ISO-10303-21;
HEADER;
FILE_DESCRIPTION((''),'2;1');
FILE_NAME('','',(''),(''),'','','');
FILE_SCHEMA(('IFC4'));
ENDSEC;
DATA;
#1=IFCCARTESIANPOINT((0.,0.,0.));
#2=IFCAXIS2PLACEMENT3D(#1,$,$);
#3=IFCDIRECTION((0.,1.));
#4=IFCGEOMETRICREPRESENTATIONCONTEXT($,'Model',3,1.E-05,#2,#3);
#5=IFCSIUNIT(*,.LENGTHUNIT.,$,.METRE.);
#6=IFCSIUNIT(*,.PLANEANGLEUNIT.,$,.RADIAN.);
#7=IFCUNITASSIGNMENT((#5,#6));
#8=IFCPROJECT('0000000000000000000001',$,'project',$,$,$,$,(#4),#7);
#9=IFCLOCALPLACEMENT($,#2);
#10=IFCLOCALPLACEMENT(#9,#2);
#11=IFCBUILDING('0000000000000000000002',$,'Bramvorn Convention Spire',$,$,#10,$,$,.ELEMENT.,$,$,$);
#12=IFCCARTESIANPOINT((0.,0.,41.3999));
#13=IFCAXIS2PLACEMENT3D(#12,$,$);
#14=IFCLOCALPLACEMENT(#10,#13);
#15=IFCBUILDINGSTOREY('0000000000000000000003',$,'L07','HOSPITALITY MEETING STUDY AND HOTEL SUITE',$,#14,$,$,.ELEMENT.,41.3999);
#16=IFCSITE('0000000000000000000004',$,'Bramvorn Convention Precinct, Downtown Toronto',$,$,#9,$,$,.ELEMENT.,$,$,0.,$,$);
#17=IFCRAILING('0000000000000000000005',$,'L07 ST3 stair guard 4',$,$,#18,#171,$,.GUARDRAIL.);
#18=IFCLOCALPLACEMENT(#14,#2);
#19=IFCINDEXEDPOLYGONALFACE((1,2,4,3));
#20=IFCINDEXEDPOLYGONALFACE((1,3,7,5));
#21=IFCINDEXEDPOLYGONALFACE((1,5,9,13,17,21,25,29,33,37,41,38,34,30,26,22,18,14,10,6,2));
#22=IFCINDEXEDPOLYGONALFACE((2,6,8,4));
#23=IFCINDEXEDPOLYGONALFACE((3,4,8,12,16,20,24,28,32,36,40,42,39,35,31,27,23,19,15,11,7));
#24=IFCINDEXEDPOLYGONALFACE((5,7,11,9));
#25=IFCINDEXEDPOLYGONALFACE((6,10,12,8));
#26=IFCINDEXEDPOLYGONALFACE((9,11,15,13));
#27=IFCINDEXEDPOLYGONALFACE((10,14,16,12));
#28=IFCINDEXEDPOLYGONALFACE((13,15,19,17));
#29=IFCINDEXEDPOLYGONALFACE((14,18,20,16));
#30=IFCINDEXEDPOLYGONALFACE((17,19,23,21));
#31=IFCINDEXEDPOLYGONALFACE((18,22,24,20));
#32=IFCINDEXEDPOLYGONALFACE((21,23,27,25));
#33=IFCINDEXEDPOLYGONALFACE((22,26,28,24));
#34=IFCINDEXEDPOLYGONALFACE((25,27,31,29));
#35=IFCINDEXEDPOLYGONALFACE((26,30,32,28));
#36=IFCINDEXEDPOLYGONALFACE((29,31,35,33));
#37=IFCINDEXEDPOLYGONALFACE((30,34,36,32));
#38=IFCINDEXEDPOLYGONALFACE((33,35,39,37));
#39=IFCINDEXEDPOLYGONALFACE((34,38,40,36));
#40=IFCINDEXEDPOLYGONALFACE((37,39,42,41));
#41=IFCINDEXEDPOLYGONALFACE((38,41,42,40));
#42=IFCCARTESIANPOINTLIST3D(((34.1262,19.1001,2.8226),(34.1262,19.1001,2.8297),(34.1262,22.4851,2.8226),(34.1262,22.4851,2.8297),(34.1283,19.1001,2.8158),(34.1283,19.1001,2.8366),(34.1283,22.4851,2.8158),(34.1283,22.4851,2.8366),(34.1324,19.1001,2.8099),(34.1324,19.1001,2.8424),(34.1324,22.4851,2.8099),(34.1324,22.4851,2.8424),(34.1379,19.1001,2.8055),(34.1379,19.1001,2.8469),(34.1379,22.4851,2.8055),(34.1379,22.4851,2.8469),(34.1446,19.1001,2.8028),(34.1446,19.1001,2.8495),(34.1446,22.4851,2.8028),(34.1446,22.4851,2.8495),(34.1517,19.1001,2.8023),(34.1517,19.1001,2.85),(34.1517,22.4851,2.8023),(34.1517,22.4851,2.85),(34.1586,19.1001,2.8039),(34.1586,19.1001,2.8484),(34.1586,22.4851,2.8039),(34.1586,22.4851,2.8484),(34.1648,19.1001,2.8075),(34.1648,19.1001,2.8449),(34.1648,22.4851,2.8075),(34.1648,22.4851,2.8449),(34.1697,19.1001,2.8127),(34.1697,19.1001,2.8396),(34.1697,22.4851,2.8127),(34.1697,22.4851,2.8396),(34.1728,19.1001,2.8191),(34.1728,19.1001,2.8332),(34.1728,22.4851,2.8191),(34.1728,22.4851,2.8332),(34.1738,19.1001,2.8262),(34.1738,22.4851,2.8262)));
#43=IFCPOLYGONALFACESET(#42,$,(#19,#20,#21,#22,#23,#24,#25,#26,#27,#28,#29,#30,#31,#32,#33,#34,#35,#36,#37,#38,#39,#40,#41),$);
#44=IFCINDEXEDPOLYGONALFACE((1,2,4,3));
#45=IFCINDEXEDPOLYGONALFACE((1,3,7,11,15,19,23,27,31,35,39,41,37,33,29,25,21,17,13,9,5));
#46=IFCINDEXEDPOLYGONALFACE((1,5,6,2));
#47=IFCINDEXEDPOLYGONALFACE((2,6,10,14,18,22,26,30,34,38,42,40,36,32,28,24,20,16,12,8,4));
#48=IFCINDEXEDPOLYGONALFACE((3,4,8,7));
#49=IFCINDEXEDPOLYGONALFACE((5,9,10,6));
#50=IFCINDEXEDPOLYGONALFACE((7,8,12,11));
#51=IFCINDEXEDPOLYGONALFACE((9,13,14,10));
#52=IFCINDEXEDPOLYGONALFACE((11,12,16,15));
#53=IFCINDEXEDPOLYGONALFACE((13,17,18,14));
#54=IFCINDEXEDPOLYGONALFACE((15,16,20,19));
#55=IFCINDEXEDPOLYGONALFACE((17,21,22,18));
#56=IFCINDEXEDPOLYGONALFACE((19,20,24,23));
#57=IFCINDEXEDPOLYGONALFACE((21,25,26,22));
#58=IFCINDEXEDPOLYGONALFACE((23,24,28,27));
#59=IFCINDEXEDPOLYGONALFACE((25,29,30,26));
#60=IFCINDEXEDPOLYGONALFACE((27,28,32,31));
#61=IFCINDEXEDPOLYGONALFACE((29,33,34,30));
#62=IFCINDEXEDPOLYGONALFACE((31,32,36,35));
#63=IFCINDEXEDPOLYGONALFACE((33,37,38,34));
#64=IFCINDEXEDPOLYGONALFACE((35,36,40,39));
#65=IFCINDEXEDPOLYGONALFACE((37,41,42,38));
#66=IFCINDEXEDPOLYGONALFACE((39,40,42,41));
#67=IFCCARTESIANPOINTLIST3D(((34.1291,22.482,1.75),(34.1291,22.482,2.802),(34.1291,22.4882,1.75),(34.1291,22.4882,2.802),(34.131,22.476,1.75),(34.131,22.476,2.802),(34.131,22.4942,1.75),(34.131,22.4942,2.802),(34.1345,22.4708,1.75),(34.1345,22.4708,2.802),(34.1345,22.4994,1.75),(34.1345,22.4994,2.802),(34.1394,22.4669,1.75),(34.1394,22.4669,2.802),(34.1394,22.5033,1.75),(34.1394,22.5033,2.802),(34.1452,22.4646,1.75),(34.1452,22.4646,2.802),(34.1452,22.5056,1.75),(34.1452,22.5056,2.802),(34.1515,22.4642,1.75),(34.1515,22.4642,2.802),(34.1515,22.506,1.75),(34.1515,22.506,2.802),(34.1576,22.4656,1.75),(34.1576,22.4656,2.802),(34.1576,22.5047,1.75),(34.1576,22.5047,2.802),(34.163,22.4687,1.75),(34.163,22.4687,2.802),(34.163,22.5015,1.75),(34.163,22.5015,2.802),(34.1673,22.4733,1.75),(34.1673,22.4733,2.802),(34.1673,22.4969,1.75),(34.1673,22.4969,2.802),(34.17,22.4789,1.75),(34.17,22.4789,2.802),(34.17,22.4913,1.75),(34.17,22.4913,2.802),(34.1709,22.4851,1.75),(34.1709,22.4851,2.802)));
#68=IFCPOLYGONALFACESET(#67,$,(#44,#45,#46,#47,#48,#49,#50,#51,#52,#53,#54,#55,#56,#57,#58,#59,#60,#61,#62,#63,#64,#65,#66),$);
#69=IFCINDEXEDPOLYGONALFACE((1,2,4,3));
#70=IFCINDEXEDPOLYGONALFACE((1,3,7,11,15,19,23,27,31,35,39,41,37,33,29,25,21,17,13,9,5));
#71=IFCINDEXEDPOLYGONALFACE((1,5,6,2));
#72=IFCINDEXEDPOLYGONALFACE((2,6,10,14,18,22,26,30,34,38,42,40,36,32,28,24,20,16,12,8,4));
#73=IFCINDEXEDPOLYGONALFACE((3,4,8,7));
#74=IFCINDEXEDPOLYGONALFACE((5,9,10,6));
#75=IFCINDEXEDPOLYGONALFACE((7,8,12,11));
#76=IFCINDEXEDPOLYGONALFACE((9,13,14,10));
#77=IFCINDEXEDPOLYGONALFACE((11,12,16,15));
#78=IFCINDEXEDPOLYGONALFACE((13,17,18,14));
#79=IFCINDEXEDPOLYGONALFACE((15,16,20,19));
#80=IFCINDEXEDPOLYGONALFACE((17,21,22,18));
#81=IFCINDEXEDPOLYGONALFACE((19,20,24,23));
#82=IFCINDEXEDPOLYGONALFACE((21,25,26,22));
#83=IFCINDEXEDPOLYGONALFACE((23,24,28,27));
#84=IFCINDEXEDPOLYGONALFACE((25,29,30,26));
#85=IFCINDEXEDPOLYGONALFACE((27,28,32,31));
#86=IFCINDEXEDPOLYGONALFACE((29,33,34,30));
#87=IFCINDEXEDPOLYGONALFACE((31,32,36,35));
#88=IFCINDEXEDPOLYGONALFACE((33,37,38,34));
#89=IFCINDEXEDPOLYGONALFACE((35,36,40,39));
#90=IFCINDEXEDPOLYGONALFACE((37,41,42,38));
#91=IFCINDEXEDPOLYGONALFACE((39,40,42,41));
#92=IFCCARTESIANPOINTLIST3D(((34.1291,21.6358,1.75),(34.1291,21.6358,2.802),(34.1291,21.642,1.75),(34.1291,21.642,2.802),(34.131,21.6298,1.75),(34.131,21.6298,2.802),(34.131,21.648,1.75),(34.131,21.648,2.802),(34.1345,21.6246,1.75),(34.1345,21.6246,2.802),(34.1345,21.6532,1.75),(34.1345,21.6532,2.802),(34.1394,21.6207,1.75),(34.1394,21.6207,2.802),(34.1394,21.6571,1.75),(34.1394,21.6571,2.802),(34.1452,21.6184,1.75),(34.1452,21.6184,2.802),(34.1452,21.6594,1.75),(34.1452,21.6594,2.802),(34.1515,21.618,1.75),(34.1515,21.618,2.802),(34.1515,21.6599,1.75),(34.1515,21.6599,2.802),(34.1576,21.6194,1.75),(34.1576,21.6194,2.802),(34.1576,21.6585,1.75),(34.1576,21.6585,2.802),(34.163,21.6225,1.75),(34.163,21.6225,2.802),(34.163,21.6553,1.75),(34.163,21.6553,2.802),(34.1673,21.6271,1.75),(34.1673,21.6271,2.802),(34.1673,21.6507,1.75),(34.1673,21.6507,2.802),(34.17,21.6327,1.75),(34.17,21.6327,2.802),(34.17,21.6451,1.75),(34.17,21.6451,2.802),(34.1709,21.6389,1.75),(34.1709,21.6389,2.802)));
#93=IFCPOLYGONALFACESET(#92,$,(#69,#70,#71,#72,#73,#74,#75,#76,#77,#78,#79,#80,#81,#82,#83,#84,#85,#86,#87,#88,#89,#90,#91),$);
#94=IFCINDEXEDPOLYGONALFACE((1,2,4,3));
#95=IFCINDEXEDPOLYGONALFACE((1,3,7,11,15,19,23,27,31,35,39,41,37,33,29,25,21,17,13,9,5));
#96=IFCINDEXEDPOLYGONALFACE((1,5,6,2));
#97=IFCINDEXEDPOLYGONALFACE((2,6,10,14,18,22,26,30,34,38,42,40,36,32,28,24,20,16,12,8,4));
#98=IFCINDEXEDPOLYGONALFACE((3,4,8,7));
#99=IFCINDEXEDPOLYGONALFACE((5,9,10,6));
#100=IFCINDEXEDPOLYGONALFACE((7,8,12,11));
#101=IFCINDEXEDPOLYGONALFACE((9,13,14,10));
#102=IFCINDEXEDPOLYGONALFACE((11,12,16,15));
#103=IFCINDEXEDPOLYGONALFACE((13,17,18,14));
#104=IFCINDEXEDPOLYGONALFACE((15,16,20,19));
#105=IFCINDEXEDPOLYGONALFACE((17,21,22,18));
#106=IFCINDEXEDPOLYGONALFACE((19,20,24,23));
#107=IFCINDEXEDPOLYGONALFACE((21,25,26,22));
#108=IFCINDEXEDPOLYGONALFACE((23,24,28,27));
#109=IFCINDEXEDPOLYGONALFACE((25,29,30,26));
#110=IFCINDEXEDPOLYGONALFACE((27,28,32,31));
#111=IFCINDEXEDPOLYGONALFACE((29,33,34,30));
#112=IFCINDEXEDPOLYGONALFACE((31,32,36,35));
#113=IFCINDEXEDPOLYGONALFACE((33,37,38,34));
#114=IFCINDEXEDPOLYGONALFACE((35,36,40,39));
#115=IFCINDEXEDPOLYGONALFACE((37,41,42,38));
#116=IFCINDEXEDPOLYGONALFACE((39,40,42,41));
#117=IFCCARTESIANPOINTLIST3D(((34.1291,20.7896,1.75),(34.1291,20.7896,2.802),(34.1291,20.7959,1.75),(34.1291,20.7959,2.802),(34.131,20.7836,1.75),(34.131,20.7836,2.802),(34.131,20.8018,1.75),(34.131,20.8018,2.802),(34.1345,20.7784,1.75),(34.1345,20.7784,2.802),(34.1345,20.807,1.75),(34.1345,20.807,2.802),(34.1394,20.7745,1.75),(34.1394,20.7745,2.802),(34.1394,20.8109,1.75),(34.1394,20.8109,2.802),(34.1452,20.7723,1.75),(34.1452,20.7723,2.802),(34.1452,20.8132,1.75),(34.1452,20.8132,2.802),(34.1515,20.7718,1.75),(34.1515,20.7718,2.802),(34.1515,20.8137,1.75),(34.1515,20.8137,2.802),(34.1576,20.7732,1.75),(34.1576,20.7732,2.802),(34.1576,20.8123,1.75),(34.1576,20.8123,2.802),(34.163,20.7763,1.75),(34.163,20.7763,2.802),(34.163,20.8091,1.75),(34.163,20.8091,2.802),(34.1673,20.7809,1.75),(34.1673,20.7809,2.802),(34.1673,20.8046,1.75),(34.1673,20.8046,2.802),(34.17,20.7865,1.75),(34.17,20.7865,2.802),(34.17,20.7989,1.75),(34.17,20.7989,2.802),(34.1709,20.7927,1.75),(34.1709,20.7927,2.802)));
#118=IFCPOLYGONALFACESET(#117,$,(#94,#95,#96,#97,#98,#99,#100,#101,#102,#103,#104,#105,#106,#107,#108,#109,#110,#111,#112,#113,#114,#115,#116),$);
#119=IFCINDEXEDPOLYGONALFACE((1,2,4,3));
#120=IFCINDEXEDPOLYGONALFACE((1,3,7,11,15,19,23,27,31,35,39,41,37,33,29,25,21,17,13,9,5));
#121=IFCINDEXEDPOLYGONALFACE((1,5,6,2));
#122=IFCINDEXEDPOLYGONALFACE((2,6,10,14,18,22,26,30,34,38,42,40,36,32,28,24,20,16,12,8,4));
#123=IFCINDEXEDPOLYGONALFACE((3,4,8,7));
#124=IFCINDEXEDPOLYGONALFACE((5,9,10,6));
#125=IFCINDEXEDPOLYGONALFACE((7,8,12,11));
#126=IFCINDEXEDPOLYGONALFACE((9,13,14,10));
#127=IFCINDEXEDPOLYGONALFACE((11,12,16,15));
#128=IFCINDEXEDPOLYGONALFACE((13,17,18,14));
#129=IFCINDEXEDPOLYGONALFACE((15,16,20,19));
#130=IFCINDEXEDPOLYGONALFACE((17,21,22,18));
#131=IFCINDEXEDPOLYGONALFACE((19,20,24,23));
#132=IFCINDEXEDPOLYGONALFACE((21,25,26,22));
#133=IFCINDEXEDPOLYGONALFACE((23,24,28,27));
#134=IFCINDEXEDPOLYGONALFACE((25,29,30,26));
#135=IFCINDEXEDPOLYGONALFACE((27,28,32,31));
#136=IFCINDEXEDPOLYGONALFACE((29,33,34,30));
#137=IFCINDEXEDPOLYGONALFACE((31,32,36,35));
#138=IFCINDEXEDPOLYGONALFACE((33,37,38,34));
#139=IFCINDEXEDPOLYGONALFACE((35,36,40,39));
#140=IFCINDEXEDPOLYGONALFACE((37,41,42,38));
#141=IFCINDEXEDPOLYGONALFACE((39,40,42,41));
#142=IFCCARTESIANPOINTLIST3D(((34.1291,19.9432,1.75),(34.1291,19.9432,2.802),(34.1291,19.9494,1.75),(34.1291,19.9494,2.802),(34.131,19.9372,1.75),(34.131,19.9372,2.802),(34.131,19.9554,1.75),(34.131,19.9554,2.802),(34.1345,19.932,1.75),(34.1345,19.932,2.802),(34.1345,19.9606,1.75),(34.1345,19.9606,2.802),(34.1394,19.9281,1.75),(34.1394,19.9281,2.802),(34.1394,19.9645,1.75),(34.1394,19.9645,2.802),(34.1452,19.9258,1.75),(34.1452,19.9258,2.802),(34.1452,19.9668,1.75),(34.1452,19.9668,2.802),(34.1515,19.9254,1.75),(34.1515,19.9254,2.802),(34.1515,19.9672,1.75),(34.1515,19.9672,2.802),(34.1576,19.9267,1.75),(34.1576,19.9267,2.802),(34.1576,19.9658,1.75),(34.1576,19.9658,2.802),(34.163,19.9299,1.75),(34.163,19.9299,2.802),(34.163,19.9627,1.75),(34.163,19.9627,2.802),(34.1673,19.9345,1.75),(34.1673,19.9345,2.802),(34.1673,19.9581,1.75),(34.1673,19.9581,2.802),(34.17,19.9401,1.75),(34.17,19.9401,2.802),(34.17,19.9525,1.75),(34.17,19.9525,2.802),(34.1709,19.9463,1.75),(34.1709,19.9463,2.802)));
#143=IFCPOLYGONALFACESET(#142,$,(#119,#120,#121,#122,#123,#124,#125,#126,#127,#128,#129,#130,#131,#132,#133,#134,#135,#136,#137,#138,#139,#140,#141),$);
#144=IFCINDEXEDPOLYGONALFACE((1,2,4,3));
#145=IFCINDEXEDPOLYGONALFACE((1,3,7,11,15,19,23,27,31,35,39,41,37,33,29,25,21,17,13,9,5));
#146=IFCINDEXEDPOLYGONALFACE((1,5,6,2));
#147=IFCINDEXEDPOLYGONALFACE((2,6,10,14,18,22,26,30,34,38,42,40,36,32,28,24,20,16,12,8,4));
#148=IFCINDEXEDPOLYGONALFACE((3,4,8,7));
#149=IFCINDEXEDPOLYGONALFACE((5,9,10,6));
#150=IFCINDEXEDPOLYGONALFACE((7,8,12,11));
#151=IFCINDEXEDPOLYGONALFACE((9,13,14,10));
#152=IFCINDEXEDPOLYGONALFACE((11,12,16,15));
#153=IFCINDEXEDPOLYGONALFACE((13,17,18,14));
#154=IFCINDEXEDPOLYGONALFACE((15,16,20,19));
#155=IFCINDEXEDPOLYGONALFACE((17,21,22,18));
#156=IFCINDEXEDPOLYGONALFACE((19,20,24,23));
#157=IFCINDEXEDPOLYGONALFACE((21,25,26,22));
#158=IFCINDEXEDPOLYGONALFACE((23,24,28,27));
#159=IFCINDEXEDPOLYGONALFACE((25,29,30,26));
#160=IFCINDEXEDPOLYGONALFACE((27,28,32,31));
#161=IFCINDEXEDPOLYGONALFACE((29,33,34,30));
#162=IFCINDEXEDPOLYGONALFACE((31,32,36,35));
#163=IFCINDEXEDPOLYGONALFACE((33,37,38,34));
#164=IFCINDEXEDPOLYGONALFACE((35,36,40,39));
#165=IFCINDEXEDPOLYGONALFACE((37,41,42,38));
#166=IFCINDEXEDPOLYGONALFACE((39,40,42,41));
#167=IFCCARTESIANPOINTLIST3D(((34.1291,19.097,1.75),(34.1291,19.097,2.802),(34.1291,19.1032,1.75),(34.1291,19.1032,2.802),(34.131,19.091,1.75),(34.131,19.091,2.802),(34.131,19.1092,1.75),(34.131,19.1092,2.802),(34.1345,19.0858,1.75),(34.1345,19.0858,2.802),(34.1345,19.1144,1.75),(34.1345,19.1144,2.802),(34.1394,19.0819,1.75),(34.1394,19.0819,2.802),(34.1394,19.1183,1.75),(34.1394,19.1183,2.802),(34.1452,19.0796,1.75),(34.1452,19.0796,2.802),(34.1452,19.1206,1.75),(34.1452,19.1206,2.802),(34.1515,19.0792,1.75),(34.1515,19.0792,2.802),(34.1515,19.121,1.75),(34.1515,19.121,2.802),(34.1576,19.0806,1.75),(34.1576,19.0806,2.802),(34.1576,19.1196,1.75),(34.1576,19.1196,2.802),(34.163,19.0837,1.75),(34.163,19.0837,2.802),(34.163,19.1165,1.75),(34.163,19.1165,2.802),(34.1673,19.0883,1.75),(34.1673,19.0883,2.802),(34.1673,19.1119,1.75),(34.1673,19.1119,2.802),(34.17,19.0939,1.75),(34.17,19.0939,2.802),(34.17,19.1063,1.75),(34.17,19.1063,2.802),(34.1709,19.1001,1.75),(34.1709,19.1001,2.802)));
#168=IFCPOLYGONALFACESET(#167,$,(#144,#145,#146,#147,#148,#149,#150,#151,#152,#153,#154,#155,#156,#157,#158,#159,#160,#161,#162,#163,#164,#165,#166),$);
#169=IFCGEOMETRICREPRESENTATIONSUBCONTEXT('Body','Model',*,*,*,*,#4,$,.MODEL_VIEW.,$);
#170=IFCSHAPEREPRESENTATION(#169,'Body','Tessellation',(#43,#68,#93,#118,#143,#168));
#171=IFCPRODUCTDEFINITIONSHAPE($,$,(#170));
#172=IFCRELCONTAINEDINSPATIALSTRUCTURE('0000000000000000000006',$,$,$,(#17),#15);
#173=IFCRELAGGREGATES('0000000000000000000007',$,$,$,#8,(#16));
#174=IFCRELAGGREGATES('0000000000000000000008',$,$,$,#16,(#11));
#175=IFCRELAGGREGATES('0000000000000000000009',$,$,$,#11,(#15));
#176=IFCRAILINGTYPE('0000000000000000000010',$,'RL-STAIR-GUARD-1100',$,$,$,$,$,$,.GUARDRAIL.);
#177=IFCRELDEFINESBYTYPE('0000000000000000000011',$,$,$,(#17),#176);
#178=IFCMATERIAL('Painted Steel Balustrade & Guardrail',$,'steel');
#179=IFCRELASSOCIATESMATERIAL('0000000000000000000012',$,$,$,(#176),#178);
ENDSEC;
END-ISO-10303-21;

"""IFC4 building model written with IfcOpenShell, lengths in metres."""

from ifc_helpers import new_model, si_unit, direction, frame, origin, origin_2d, place, context, subcontext, project, spatial, circle, extrude, material, type_object, element, save


model = new_model("IFC4")

# Units and contexts
model_context = context("Model", 3, precision=1e-05, world=origin(), true_north=direction((0.0, 1.0)))
body_context = subcontext(model_context, "Body", "Model", "MODEL_VIEW")
ifc_project = project(units=[si_unit("LENGTHUNIT", "METRE"), si_unit("PLANEANGLEUNIT", "RADIAN")], contexts=[model_context])

# Site, building, storey
site_placement = place(None, origin())
site = spatial("IfcSite", under=ifc_project, at=site_placement, Name="Bramvorn Convention Precinct, Downtown Toronto", CompositionType="ELEMENT", RefElevation=0.0)
building_placement = place(site_placement, origin())
building = spatial("IfcBuilding", under=site, at=building_placement, Name="Bramvorn Convention Spire", CompositionType="ELEMENT")
storey_placement = place(building_placement, frame((0.0, 0.0, 41.3999)))
storey = spatial("IfcBuildingStorey", under=building, at=storey_placement, Name="L07", Description="HOSPITALITY MEETING STUDY AND HOTEL SUITE", CompositionType="ELEMENT", Elevation=41.3999)

# Railing
ifc_material_1 = material(Name="Painted Steel Balustrade & Guardrail", Category="steel")
railing_type_1 = type_object("IfcRailingType", Name="RL-STAIR-GUARD-1100", PredefinedType="GUARDRAIL", material=ifc_material_1)
railing_1_placement = place(storey_placement, frame((34.1499, 22.4851, 1.75)))
element("IfcRailing", 1, at=railing_1_placement, inside=storey, type_object=railing_type_1, Name="L07 ST3 stair guard 4", PredefinedType="GUARDRAIL", context=body_context, shape_type="SweptSolid", body=[
    extrude(circle(Radius=0.0239, at=origin_2d()), frame((0.0, 0.0, 1.0762), z_axis=(0.0, -1.0, 0.0), x_axis=(1.0, 0.0, 0.0)), (0.0, 0.0, 1.0), 3.385),
    extrude(circle(Radius=0.021, at=origin_2d()), origin(), (0.0, 0.0, 1.0), 1.052),
    extrude(circle(Radius=0.021, at=origin_2d()), frame((0.0, -0.8462, 0.0)), (0.0, 0.0, 1.0), 1.052),
    extrude(circle(Radius=0.021, at=origin_2d()), frame((0.0, -1.6924, 0.0)), (0.0, 0.0, 1.0), 1.052),
    extrude(circle(Radius=0.021, at=origin_2d()), frame((0.0, -2.5388, 0.0)), (0.0, 0.0, 1.0), 1.052),
    extrude(circle(Radius=0.021, at=origin_2d()), frame((0.0, -3.385, 0.0)), (0.0, 0.0, 1.0), 1.052),
])

save(model, "model.ifc")
